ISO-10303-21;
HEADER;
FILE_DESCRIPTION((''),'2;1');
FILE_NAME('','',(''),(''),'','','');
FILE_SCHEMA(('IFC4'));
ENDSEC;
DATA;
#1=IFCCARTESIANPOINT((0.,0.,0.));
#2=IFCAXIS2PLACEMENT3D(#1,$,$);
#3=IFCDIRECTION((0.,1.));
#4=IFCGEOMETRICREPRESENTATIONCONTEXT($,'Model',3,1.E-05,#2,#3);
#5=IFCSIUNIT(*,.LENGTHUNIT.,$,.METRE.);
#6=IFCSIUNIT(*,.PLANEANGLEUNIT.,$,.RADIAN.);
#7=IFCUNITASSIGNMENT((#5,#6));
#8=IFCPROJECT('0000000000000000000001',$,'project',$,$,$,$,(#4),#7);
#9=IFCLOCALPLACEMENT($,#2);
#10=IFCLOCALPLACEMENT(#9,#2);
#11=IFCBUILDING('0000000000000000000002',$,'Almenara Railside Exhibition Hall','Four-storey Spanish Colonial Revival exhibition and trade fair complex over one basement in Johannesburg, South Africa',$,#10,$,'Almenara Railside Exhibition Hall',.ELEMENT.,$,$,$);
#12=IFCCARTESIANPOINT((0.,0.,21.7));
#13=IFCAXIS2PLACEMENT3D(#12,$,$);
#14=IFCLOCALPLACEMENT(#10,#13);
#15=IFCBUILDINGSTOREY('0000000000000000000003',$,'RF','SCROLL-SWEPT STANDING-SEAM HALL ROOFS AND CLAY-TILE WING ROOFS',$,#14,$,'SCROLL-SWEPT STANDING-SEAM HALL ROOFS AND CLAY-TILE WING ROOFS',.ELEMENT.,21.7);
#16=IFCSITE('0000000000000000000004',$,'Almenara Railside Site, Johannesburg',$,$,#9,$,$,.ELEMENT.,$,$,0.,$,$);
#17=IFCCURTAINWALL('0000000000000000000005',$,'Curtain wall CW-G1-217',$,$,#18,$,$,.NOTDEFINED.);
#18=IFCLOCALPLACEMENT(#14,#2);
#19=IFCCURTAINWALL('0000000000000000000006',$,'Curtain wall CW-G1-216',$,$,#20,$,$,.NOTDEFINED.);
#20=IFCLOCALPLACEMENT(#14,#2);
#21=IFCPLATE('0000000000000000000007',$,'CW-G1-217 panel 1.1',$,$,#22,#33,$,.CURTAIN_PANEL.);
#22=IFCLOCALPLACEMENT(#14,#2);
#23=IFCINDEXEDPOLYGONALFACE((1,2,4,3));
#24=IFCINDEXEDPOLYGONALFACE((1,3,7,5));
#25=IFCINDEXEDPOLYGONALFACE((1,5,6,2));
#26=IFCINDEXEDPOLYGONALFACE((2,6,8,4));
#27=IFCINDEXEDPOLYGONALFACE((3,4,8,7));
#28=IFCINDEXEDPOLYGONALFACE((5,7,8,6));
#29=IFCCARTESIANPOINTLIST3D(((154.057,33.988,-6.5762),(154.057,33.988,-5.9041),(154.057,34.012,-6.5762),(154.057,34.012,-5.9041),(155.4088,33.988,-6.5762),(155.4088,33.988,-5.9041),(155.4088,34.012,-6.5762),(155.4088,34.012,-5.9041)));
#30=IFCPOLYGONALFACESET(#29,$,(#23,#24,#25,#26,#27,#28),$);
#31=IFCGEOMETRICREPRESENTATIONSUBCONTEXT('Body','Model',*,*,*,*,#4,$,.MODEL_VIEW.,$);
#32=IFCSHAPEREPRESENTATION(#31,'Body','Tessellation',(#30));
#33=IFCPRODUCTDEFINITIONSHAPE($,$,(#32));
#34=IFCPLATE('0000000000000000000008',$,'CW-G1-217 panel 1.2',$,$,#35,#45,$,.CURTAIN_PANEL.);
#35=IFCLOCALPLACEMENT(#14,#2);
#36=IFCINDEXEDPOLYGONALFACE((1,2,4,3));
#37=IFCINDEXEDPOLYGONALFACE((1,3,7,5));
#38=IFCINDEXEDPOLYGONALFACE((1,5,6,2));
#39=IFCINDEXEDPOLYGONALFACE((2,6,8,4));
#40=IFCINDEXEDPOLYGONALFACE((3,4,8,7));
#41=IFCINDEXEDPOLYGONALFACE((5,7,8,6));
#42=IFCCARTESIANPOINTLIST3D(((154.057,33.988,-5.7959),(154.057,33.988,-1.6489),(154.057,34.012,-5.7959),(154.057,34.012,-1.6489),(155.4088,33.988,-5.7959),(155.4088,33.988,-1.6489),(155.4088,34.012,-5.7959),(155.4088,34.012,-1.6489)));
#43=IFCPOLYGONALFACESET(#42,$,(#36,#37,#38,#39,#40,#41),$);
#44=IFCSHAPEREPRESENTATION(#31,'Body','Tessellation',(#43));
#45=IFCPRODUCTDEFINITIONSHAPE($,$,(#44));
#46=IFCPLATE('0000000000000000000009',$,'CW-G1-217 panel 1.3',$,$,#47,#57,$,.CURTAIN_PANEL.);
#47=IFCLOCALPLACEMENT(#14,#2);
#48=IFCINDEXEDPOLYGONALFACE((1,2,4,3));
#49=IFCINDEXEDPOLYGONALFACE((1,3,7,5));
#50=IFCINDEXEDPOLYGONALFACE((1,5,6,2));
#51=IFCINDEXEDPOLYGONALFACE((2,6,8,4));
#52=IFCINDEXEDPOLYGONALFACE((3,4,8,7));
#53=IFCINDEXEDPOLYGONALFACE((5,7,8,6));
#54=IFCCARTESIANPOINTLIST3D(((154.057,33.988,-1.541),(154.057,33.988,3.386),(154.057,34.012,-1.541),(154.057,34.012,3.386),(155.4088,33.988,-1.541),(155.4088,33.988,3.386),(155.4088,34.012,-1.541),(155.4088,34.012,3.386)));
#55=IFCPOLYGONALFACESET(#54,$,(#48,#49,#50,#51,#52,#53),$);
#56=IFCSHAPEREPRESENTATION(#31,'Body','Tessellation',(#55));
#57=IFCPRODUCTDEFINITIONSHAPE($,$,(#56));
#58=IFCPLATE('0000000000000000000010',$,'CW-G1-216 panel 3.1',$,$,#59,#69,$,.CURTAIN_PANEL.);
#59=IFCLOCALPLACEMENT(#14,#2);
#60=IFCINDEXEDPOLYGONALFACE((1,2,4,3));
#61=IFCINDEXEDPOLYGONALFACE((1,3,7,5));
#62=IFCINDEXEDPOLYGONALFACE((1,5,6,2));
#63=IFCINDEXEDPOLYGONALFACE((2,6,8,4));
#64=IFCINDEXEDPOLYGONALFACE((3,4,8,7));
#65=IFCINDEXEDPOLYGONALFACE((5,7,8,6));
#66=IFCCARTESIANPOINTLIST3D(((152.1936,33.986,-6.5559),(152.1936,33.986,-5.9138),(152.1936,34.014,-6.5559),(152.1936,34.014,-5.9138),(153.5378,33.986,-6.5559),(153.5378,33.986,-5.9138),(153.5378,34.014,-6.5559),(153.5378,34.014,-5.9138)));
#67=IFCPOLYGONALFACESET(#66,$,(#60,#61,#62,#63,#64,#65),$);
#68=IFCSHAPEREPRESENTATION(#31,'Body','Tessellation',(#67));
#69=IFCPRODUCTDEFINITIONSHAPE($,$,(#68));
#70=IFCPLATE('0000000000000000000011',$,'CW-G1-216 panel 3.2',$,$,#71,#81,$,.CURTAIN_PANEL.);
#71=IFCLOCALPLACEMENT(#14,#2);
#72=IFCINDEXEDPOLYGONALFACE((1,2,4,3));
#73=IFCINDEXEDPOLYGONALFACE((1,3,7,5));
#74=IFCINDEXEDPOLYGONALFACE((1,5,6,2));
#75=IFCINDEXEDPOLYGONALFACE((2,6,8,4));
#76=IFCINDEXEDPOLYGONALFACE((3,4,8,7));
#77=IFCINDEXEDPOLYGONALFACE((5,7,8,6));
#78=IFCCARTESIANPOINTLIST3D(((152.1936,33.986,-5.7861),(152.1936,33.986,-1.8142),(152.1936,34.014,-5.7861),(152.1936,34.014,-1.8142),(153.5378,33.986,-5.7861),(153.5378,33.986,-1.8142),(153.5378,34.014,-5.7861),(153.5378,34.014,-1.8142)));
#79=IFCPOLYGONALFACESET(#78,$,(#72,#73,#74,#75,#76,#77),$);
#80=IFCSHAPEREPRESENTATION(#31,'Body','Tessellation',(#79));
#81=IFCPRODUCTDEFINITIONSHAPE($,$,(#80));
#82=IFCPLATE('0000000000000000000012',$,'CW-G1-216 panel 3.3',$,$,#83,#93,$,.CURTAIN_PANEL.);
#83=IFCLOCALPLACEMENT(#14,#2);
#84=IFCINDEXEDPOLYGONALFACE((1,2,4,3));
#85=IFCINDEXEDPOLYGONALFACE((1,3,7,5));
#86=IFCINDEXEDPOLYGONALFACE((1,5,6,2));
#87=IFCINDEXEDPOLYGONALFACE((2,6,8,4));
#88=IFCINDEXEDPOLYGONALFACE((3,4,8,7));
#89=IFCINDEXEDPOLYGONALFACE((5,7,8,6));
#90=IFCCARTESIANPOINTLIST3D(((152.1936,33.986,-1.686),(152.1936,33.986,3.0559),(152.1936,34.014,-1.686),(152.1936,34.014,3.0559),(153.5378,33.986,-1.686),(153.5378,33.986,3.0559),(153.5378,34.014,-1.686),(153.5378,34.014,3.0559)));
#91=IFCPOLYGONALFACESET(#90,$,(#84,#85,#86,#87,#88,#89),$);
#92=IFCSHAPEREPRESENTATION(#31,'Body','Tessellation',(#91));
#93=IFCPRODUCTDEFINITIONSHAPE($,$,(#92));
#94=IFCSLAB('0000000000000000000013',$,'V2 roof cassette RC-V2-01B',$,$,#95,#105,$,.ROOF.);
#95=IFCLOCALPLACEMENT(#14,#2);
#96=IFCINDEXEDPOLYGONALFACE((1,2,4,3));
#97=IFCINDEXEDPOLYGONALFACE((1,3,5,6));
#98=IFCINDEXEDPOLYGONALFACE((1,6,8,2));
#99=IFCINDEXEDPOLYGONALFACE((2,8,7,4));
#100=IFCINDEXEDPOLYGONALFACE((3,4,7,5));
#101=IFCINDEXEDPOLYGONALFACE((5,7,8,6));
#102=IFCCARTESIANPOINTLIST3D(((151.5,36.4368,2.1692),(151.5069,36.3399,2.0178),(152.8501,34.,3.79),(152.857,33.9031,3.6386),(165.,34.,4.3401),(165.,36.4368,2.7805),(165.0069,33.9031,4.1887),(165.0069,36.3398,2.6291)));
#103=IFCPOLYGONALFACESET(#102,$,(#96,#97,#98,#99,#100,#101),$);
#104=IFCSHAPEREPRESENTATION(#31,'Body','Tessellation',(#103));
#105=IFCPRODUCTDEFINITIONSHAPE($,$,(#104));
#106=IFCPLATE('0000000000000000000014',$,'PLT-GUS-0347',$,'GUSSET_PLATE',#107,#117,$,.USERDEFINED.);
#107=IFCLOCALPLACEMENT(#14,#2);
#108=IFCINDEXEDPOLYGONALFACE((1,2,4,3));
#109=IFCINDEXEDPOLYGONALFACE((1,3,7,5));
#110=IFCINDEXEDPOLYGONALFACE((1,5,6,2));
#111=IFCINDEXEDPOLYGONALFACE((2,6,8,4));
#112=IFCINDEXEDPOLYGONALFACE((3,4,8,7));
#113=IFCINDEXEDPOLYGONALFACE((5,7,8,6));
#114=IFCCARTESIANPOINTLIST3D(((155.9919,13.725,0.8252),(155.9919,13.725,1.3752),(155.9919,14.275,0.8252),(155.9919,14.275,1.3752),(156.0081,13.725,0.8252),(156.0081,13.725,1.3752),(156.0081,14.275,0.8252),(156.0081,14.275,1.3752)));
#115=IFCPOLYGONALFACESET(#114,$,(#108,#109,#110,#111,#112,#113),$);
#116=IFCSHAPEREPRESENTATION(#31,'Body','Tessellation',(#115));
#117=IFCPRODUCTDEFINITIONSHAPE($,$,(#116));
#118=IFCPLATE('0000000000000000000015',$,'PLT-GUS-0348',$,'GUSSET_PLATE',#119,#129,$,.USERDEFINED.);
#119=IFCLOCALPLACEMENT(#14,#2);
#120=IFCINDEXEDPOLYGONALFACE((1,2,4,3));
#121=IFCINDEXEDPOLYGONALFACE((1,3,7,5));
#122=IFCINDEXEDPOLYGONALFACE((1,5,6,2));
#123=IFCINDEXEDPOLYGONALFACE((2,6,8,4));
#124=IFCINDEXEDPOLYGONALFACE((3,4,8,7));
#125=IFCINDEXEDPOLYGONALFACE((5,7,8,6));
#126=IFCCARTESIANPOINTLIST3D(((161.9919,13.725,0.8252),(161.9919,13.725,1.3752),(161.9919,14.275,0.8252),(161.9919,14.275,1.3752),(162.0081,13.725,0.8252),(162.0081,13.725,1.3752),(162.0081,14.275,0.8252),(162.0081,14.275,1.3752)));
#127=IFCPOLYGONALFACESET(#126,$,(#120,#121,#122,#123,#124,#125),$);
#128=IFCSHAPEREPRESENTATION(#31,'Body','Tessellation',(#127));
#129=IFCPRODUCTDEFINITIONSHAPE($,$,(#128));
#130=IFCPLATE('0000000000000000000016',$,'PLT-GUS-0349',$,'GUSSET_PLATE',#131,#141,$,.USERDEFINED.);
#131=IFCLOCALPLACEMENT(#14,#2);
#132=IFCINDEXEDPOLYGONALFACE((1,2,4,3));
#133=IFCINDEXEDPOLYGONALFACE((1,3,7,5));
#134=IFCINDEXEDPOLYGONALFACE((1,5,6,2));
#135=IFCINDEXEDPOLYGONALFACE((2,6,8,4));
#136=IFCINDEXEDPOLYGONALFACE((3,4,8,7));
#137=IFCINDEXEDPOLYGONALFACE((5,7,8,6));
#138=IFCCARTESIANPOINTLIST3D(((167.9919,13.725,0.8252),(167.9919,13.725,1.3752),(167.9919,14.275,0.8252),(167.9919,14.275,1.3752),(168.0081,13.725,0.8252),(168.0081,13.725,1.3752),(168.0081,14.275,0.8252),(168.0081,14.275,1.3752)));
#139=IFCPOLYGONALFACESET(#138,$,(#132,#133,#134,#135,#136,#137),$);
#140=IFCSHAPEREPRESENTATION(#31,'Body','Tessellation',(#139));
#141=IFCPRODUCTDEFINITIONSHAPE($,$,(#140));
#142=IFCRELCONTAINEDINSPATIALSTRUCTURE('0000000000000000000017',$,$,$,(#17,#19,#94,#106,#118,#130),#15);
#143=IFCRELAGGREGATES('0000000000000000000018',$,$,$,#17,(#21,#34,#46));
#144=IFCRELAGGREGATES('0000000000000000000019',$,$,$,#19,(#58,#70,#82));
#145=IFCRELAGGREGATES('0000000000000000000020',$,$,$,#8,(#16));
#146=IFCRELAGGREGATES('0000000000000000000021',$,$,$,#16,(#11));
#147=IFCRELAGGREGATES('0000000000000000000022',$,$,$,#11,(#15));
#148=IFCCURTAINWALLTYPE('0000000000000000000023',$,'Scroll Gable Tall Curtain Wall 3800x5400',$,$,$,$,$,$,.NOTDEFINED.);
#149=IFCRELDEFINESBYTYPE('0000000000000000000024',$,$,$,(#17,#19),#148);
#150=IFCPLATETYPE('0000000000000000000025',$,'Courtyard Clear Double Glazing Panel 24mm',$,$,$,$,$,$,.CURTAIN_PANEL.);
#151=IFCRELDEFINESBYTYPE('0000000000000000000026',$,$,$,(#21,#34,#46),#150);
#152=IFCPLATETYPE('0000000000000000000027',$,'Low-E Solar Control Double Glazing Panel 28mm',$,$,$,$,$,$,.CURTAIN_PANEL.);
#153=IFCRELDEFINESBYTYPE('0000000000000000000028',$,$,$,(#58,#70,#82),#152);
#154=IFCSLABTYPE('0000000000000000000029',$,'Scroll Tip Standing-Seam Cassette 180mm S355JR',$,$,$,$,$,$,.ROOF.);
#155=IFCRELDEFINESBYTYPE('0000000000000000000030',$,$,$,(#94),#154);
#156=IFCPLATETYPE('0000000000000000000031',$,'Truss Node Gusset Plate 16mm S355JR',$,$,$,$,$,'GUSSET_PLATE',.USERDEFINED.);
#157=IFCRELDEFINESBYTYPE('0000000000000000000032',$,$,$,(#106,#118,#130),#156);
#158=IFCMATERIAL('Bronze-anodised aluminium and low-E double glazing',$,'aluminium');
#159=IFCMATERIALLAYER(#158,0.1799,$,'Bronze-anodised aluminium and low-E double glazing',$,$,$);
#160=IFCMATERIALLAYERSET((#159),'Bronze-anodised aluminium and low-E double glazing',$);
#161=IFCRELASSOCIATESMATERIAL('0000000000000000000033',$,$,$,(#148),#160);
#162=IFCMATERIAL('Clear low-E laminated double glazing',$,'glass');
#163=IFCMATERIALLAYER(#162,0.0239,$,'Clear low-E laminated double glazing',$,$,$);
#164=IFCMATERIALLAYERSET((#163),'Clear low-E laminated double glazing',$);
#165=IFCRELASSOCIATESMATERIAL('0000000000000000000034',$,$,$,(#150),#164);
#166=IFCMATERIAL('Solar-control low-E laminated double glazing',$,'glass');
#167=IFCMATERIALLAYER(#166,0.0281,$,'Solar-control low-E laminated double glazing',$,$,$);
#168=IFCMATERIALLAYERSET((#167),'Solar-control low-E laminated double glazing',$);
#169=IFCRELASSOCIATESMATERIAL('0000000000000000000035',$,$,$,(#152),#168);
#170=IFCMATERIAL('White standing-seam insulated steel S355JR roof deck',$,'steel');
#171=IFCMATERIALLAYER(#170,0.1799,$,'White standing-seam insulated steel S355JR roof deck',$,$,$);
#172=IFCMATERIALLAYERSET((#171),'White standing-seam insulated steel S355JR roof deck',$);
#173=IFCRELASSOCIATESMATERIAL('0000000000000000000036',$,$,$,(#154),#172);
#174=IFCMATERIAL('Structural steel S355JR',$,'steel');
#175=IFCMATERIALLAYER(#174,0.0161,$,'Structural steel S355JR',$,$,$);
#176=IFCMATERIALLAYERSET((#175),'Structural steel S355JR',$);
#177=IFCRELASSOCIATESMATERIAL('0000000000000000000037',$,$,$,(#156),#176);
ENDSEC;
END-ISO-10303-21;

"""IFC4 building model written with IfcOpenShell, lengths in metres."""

from ifc_helpers import new_model, si_unit, direction, frame, origin, origin_2d, place, context, subcontext, project, spatial, polyline, rectangle, outline, extrude, material, layer, layer_set, type_object, element, aggregate, save


model = new_model("IFC4")

# Units and contexts
model_context = context("Model", 3, precision=1e-05, world=origin(), true_north=direction((0.0, 1.0)))
body_context = subcontext(model_context, "Body", "Model", "MODEL_VIEW")
ifc_project = project(units=[si_unit("LENGTHUNIT", "METRE"), si_unit("PLANEANGLEUNIT", "RADIAN")], contexts=[model_context])

# Site, building, storey
site_placement = place(None, origin())
site = spatial("IfcSite", under=ifc_project, at=site_placement, Name="Almenara Railside Site, Johannesburg", CompositionType="ELEMENT", RefElevation=0.0)
building_placement = place(site_placement, origin())
building = spatial("IfcBuilding", under=site, at=building_placement, Name="Almenara Railside Exhibition Hall", Description="Four-storey Spanish Colonial Revival exhibition and trade fair complex over one basement in Johannesburg, South Africa", LongName="Almenara Railside Exhibition Hall", CompositionType="ELEMENT")
storey_placement = place(building_placement, frame((0.0, 0.0, 21.7)))
storey = spatial("IfcBuildingStorey", under=building, at=storey_placement, Name="RF", Description="SCROLL-SWEPT STANDING-SEAM HALL ROOFS AND CLAY-TILE WING ROOFS", LongName="SCROLL-SWEPT STANDING-SEAM HALL ROOFS AND CLAY-TILE WING ROOFS", CompositionType="ELEMENT", Elevation=21.7)

# Shared definitions
ifc_material_1 = material(Name="Structural steel S355JR", Category="steel")

# Curtain walls
ifc_material_2 = material(Name="Bronze-anodised aluminium and low-E double glazing", Category="aluminium")
ifc_layer_1 = layer(ifc_material_2, 0.1799, Name="Bronze-anodised aluminium and low-E double glazing")
ifc_layer_set_1 = layer_set([ifc_layer_1], Name="Bronze-anodised aluminium and low-E double glazing")
curtain_wall_type = type_object("IfcCurtainWallType", Name="Scroll Gable Tall Curtain Wall 3800x5400", PredefinedType="NOTDEFINED", material=ifc_layer_set_1)
curtain_wall_1_placement = place(storey_placement, origin())
curtain_wall_1 = element("IfcCurtainWall", 1, at=curtain_wall_1_placement, inside=storey, type_object=curtain_wall_type, Name="Curtain wall CW-G1-217", PredefinedType="NOTDEFINED")
curtain_wall_2_placement = place(storey_placement, origin())
curtain_wall_2 = element("IfcCurtainWall", 2, at=curtain_wall_2_placement, inside=storey, type_object=curtain_wall_type, Name="Curtain wall CW-G1-216", PredefinedType="NOTDEFINED")

# Plates
ifc_material_3 = material(Name="Clear low-E laminated double glazing", Category="glass")
ifc_layer_2 = layer(ifc_material_3, 0.0239, Name="Clear low-E laminated double glazing")
ifc_layer_set_2 = layer_set([ifc_layer_2], Name="Clear low-E laminated double glazing")
plate_type_1 = type_object("IfcPlateType", Name="Courtyard Clear Double Glazing Panel 24mm", PredefinedType="CURTAIN_PANEL", material=ifc_layer_set_2)
plate_1_placement = place(storey_placement, frame((154.7329, 34.0, -6.5762), z_axis=(0.0, 0.0, 1.0), x_axis=(1.0, 0.0, 0.0)))
plate_1 = element("IfcPlate", 3, at=plate_1_placement, type_object=plate_type_1, Name="CW-G1-217 panel 1.1", PredefinedType="CURTAIN_PANEL", context=body_context, shape_type="SweptSolid", body=[
    extrude(rectangle(XDim=1.3518, YDim=0.0239, at=origin_2d()), origin(), (0.0, 0.0, 1.0), 0.6721),
])
plate_2_placement = place(storey_placement, frame((154.7329, 34.0, -5.7959), z_axis=(0.0, 0.0, 1.0), x_axis=(1.0, 0.0, 0.0)))
plate_2 = element("IfcPlate", 4, at=plate_2_placement, type_object=plate_type_1, Name="CW-G1-217 panel 1.2", PredefinedType="CURTAIN_PANEL", context=body_context, shape_type="SweptSolid", body=[
    extrude(rectangle(XDim=1.3518, YDim=0.0239, at=origin_2d()), origin(), (0.0, 0.0, 1.0), 4.147),
])
plate_3_placement = place(storey_placement, frame((154.7329, 34.0, -1.541), z_axis=(0.0, 0.0, 1.0), x_axis=(1.0, 0.0, 0.0)))
plate_3 = element("IfcPlate", 5, at=plate_3_placement, type_object=plate_type_1, Name="CW-G1-217 panel 1.3", PredefinedType="CURTAIN_PANEL", context=body_context, shape_type="SweptSolid", body=[
    extrude(rectangle(XDim=1.3518, YDim=0.0239, at=origin_2d()), origin(), (0.0, 0.0, 1.0), 4.927),
])
aggregate(curtain_wall_1, [plate_1, plate_2, plate_3])
ifc_material_4 = material(Name="Solar-control low-E laminated double glazing", Category="glass")
ifc_layer_3 = layer(ifc_material_4, 0.0281, Name="Solar-control low-E laminated double glazing")
ifc_layer_set_3 = layer_set([ifc_layer_3], Name="Solar-control low-E laminated double glazing")
plate_type_2 = type_object("IfcPlateType", Name="Low-E Solar Control Double Glazing Panel 28mm", PredefinedType="CURTAIN_PANEL", material=ifc_layer_set_3)
plate_4_placement = place(storey_placement, frame((152.8657, 34.0, -6.5559), z_axis=(0.0, 0.0, 1.0), x_axis=(1.0, 0.0, 0.0)))
plate_4 = element("IfcPlate", 6, at=plate_4_placement, type_object=plate_type_2, Name="CW-G1-216 panel 3.1", PredefinedType="CURTAIN_PANEL", context=body_context, shape_type="SweptSolid", body=[
    extrude(rectangle(XDim=1.3442, YDim=0.0281, at=origin_2d()), origin(), (0.0, 0.0, 1.0), 0.6421),
])
plate_5_placement = place(storey_placement, frame((152.8657, 34.0, -5.7861), z_axis=(0.0, 0.0, 1.0), x_axis=(1.0, 0.0, 0.0)))
plate_5 = element("IfcPlate", 7, at=plate_5_placement, type_object=plate_type_2, Name="CW-G1-216 panel 3.2", PredefinedType="CURTAIN_PANEL", context=body_context, shape_type="SweptSolid", body=[
    extrude(rectangle(XDim=1.3442, YDim=0.0281, at=origin_2d()), origin(), (0.0, 0.0, 1.0), 3.9719),
])
plate_6_placement = place(storey_placement, frame((152.8657, 34.0, -1.686), z_axis=(0.0, 0.0, 1.0), x_axis=(1.0, 0.0, 0.0)))
plate_6 = element("IfcPlate", 8, at=plate_6_placement, type_object=plate_type_2, Name="CW-G1-216 panel 3.3", PredefinedType="CURTAIN_PANEL", context=body_context, shape_type="SweptSolid", body=[
    extrude(rectangle(XDim=1.3442, YDim=0.0281, at=origin_2d()), origin(), (0.0, 0.0, 1.0), 4.7419),
])
aggregate(curtain_wall_2, [plate_4, plate_5, plate_6])

# Slab
ifc_material_5 = material(Name="White standing-seam insulated steel S355JR roof deck", Category="steel")
ifc_layer_4 = layer(ifc_material_5, 0.1799, Name="White standing-seam insulated steel S355JR roof deck")
ifc_layer_set_4 = layer_set([ifc_layer_4], Name="White standing-seam insulated steel S355JR roof deck")
slab_type = type_object("IfcSlabType", Name="Scroll Tip Standing-Seam Cassette 180mm S355JR", PredefinedType="ROOF", material=ifc_layer_set_4)
slab_placement = place(storey_placement, frame((152.8501, 34.0, 3.79), z_axis=(-0.038108, 0.53869, 0.841642), x_axis=(0.998977, 0.000003, 0.04523)))
element("IfcSlab", 9, at=slab_placement, inside=storey, type_object=slab_type, Name="V2 roof cassette RC-V2-01B", PredefinedType="ROOF", context=body_context, shape_type="SweptSolid", body=[
    extrude(outline(polyline([(0.0, 0.0), (12.1623, 0.0), (12.0918, 2.8923), (-1.422, 2.8923), (0.0, 0.0)])), origin(), (0.0, 0.0, -1.0), 0.1799),
])

# Plates
ifc_layer_5 = layer(ifc_material_1, 0.0161, Name="Structural steel S355JR")
ifc_layer_set_5 = layer_set([ifc_layer_5], Name="Structural steel S355JR")
plate_type_3 = type_object("IfcPlateType", Name="Truss Node Gusset Plate 16mm S355JR", ElementType="GUSSET_PLATE", PredefinedType="USERDEFINED", material=ifc_layer_set_5)
for number, where, z_axis, x_axis, name in (
    (10, (156.0, 14.0, 0.8252), (0.0, 0.0, 1.0), (0.0, 1.0, 0.0), "PLT-GUS-0347"),
    (11, (162.0, 14.0, 0.8252), (0.0, 0.0, 1.0), (0.0, 1.0, 0.0), "PLT-GUS-0348"),
    (12, (168.0, 14.0, 0.8252), (0.0, 0.0, 1.0), (0.0, 1.0, 0.0), "PLT-GUS-0349"),
):
    element("IfcPlate", number, at=place(storey_placement, frame(where, z_axis=z_axis, x_axis=x_axis)), inside=storey, type_object=plate_type_3, Name=name, ObjectType="GUSSET_PLATE", PredefinedType="USERDEFINED", context=body_context, shape_type="SweptSolid", body=[
        extrude(rectangle(XDim=0.55, YDim=0.0161, at=origin_2d()), origin(), (0.0, 0.0, 1.0), 0.55),
    ])

save(model, "model.ifc")
